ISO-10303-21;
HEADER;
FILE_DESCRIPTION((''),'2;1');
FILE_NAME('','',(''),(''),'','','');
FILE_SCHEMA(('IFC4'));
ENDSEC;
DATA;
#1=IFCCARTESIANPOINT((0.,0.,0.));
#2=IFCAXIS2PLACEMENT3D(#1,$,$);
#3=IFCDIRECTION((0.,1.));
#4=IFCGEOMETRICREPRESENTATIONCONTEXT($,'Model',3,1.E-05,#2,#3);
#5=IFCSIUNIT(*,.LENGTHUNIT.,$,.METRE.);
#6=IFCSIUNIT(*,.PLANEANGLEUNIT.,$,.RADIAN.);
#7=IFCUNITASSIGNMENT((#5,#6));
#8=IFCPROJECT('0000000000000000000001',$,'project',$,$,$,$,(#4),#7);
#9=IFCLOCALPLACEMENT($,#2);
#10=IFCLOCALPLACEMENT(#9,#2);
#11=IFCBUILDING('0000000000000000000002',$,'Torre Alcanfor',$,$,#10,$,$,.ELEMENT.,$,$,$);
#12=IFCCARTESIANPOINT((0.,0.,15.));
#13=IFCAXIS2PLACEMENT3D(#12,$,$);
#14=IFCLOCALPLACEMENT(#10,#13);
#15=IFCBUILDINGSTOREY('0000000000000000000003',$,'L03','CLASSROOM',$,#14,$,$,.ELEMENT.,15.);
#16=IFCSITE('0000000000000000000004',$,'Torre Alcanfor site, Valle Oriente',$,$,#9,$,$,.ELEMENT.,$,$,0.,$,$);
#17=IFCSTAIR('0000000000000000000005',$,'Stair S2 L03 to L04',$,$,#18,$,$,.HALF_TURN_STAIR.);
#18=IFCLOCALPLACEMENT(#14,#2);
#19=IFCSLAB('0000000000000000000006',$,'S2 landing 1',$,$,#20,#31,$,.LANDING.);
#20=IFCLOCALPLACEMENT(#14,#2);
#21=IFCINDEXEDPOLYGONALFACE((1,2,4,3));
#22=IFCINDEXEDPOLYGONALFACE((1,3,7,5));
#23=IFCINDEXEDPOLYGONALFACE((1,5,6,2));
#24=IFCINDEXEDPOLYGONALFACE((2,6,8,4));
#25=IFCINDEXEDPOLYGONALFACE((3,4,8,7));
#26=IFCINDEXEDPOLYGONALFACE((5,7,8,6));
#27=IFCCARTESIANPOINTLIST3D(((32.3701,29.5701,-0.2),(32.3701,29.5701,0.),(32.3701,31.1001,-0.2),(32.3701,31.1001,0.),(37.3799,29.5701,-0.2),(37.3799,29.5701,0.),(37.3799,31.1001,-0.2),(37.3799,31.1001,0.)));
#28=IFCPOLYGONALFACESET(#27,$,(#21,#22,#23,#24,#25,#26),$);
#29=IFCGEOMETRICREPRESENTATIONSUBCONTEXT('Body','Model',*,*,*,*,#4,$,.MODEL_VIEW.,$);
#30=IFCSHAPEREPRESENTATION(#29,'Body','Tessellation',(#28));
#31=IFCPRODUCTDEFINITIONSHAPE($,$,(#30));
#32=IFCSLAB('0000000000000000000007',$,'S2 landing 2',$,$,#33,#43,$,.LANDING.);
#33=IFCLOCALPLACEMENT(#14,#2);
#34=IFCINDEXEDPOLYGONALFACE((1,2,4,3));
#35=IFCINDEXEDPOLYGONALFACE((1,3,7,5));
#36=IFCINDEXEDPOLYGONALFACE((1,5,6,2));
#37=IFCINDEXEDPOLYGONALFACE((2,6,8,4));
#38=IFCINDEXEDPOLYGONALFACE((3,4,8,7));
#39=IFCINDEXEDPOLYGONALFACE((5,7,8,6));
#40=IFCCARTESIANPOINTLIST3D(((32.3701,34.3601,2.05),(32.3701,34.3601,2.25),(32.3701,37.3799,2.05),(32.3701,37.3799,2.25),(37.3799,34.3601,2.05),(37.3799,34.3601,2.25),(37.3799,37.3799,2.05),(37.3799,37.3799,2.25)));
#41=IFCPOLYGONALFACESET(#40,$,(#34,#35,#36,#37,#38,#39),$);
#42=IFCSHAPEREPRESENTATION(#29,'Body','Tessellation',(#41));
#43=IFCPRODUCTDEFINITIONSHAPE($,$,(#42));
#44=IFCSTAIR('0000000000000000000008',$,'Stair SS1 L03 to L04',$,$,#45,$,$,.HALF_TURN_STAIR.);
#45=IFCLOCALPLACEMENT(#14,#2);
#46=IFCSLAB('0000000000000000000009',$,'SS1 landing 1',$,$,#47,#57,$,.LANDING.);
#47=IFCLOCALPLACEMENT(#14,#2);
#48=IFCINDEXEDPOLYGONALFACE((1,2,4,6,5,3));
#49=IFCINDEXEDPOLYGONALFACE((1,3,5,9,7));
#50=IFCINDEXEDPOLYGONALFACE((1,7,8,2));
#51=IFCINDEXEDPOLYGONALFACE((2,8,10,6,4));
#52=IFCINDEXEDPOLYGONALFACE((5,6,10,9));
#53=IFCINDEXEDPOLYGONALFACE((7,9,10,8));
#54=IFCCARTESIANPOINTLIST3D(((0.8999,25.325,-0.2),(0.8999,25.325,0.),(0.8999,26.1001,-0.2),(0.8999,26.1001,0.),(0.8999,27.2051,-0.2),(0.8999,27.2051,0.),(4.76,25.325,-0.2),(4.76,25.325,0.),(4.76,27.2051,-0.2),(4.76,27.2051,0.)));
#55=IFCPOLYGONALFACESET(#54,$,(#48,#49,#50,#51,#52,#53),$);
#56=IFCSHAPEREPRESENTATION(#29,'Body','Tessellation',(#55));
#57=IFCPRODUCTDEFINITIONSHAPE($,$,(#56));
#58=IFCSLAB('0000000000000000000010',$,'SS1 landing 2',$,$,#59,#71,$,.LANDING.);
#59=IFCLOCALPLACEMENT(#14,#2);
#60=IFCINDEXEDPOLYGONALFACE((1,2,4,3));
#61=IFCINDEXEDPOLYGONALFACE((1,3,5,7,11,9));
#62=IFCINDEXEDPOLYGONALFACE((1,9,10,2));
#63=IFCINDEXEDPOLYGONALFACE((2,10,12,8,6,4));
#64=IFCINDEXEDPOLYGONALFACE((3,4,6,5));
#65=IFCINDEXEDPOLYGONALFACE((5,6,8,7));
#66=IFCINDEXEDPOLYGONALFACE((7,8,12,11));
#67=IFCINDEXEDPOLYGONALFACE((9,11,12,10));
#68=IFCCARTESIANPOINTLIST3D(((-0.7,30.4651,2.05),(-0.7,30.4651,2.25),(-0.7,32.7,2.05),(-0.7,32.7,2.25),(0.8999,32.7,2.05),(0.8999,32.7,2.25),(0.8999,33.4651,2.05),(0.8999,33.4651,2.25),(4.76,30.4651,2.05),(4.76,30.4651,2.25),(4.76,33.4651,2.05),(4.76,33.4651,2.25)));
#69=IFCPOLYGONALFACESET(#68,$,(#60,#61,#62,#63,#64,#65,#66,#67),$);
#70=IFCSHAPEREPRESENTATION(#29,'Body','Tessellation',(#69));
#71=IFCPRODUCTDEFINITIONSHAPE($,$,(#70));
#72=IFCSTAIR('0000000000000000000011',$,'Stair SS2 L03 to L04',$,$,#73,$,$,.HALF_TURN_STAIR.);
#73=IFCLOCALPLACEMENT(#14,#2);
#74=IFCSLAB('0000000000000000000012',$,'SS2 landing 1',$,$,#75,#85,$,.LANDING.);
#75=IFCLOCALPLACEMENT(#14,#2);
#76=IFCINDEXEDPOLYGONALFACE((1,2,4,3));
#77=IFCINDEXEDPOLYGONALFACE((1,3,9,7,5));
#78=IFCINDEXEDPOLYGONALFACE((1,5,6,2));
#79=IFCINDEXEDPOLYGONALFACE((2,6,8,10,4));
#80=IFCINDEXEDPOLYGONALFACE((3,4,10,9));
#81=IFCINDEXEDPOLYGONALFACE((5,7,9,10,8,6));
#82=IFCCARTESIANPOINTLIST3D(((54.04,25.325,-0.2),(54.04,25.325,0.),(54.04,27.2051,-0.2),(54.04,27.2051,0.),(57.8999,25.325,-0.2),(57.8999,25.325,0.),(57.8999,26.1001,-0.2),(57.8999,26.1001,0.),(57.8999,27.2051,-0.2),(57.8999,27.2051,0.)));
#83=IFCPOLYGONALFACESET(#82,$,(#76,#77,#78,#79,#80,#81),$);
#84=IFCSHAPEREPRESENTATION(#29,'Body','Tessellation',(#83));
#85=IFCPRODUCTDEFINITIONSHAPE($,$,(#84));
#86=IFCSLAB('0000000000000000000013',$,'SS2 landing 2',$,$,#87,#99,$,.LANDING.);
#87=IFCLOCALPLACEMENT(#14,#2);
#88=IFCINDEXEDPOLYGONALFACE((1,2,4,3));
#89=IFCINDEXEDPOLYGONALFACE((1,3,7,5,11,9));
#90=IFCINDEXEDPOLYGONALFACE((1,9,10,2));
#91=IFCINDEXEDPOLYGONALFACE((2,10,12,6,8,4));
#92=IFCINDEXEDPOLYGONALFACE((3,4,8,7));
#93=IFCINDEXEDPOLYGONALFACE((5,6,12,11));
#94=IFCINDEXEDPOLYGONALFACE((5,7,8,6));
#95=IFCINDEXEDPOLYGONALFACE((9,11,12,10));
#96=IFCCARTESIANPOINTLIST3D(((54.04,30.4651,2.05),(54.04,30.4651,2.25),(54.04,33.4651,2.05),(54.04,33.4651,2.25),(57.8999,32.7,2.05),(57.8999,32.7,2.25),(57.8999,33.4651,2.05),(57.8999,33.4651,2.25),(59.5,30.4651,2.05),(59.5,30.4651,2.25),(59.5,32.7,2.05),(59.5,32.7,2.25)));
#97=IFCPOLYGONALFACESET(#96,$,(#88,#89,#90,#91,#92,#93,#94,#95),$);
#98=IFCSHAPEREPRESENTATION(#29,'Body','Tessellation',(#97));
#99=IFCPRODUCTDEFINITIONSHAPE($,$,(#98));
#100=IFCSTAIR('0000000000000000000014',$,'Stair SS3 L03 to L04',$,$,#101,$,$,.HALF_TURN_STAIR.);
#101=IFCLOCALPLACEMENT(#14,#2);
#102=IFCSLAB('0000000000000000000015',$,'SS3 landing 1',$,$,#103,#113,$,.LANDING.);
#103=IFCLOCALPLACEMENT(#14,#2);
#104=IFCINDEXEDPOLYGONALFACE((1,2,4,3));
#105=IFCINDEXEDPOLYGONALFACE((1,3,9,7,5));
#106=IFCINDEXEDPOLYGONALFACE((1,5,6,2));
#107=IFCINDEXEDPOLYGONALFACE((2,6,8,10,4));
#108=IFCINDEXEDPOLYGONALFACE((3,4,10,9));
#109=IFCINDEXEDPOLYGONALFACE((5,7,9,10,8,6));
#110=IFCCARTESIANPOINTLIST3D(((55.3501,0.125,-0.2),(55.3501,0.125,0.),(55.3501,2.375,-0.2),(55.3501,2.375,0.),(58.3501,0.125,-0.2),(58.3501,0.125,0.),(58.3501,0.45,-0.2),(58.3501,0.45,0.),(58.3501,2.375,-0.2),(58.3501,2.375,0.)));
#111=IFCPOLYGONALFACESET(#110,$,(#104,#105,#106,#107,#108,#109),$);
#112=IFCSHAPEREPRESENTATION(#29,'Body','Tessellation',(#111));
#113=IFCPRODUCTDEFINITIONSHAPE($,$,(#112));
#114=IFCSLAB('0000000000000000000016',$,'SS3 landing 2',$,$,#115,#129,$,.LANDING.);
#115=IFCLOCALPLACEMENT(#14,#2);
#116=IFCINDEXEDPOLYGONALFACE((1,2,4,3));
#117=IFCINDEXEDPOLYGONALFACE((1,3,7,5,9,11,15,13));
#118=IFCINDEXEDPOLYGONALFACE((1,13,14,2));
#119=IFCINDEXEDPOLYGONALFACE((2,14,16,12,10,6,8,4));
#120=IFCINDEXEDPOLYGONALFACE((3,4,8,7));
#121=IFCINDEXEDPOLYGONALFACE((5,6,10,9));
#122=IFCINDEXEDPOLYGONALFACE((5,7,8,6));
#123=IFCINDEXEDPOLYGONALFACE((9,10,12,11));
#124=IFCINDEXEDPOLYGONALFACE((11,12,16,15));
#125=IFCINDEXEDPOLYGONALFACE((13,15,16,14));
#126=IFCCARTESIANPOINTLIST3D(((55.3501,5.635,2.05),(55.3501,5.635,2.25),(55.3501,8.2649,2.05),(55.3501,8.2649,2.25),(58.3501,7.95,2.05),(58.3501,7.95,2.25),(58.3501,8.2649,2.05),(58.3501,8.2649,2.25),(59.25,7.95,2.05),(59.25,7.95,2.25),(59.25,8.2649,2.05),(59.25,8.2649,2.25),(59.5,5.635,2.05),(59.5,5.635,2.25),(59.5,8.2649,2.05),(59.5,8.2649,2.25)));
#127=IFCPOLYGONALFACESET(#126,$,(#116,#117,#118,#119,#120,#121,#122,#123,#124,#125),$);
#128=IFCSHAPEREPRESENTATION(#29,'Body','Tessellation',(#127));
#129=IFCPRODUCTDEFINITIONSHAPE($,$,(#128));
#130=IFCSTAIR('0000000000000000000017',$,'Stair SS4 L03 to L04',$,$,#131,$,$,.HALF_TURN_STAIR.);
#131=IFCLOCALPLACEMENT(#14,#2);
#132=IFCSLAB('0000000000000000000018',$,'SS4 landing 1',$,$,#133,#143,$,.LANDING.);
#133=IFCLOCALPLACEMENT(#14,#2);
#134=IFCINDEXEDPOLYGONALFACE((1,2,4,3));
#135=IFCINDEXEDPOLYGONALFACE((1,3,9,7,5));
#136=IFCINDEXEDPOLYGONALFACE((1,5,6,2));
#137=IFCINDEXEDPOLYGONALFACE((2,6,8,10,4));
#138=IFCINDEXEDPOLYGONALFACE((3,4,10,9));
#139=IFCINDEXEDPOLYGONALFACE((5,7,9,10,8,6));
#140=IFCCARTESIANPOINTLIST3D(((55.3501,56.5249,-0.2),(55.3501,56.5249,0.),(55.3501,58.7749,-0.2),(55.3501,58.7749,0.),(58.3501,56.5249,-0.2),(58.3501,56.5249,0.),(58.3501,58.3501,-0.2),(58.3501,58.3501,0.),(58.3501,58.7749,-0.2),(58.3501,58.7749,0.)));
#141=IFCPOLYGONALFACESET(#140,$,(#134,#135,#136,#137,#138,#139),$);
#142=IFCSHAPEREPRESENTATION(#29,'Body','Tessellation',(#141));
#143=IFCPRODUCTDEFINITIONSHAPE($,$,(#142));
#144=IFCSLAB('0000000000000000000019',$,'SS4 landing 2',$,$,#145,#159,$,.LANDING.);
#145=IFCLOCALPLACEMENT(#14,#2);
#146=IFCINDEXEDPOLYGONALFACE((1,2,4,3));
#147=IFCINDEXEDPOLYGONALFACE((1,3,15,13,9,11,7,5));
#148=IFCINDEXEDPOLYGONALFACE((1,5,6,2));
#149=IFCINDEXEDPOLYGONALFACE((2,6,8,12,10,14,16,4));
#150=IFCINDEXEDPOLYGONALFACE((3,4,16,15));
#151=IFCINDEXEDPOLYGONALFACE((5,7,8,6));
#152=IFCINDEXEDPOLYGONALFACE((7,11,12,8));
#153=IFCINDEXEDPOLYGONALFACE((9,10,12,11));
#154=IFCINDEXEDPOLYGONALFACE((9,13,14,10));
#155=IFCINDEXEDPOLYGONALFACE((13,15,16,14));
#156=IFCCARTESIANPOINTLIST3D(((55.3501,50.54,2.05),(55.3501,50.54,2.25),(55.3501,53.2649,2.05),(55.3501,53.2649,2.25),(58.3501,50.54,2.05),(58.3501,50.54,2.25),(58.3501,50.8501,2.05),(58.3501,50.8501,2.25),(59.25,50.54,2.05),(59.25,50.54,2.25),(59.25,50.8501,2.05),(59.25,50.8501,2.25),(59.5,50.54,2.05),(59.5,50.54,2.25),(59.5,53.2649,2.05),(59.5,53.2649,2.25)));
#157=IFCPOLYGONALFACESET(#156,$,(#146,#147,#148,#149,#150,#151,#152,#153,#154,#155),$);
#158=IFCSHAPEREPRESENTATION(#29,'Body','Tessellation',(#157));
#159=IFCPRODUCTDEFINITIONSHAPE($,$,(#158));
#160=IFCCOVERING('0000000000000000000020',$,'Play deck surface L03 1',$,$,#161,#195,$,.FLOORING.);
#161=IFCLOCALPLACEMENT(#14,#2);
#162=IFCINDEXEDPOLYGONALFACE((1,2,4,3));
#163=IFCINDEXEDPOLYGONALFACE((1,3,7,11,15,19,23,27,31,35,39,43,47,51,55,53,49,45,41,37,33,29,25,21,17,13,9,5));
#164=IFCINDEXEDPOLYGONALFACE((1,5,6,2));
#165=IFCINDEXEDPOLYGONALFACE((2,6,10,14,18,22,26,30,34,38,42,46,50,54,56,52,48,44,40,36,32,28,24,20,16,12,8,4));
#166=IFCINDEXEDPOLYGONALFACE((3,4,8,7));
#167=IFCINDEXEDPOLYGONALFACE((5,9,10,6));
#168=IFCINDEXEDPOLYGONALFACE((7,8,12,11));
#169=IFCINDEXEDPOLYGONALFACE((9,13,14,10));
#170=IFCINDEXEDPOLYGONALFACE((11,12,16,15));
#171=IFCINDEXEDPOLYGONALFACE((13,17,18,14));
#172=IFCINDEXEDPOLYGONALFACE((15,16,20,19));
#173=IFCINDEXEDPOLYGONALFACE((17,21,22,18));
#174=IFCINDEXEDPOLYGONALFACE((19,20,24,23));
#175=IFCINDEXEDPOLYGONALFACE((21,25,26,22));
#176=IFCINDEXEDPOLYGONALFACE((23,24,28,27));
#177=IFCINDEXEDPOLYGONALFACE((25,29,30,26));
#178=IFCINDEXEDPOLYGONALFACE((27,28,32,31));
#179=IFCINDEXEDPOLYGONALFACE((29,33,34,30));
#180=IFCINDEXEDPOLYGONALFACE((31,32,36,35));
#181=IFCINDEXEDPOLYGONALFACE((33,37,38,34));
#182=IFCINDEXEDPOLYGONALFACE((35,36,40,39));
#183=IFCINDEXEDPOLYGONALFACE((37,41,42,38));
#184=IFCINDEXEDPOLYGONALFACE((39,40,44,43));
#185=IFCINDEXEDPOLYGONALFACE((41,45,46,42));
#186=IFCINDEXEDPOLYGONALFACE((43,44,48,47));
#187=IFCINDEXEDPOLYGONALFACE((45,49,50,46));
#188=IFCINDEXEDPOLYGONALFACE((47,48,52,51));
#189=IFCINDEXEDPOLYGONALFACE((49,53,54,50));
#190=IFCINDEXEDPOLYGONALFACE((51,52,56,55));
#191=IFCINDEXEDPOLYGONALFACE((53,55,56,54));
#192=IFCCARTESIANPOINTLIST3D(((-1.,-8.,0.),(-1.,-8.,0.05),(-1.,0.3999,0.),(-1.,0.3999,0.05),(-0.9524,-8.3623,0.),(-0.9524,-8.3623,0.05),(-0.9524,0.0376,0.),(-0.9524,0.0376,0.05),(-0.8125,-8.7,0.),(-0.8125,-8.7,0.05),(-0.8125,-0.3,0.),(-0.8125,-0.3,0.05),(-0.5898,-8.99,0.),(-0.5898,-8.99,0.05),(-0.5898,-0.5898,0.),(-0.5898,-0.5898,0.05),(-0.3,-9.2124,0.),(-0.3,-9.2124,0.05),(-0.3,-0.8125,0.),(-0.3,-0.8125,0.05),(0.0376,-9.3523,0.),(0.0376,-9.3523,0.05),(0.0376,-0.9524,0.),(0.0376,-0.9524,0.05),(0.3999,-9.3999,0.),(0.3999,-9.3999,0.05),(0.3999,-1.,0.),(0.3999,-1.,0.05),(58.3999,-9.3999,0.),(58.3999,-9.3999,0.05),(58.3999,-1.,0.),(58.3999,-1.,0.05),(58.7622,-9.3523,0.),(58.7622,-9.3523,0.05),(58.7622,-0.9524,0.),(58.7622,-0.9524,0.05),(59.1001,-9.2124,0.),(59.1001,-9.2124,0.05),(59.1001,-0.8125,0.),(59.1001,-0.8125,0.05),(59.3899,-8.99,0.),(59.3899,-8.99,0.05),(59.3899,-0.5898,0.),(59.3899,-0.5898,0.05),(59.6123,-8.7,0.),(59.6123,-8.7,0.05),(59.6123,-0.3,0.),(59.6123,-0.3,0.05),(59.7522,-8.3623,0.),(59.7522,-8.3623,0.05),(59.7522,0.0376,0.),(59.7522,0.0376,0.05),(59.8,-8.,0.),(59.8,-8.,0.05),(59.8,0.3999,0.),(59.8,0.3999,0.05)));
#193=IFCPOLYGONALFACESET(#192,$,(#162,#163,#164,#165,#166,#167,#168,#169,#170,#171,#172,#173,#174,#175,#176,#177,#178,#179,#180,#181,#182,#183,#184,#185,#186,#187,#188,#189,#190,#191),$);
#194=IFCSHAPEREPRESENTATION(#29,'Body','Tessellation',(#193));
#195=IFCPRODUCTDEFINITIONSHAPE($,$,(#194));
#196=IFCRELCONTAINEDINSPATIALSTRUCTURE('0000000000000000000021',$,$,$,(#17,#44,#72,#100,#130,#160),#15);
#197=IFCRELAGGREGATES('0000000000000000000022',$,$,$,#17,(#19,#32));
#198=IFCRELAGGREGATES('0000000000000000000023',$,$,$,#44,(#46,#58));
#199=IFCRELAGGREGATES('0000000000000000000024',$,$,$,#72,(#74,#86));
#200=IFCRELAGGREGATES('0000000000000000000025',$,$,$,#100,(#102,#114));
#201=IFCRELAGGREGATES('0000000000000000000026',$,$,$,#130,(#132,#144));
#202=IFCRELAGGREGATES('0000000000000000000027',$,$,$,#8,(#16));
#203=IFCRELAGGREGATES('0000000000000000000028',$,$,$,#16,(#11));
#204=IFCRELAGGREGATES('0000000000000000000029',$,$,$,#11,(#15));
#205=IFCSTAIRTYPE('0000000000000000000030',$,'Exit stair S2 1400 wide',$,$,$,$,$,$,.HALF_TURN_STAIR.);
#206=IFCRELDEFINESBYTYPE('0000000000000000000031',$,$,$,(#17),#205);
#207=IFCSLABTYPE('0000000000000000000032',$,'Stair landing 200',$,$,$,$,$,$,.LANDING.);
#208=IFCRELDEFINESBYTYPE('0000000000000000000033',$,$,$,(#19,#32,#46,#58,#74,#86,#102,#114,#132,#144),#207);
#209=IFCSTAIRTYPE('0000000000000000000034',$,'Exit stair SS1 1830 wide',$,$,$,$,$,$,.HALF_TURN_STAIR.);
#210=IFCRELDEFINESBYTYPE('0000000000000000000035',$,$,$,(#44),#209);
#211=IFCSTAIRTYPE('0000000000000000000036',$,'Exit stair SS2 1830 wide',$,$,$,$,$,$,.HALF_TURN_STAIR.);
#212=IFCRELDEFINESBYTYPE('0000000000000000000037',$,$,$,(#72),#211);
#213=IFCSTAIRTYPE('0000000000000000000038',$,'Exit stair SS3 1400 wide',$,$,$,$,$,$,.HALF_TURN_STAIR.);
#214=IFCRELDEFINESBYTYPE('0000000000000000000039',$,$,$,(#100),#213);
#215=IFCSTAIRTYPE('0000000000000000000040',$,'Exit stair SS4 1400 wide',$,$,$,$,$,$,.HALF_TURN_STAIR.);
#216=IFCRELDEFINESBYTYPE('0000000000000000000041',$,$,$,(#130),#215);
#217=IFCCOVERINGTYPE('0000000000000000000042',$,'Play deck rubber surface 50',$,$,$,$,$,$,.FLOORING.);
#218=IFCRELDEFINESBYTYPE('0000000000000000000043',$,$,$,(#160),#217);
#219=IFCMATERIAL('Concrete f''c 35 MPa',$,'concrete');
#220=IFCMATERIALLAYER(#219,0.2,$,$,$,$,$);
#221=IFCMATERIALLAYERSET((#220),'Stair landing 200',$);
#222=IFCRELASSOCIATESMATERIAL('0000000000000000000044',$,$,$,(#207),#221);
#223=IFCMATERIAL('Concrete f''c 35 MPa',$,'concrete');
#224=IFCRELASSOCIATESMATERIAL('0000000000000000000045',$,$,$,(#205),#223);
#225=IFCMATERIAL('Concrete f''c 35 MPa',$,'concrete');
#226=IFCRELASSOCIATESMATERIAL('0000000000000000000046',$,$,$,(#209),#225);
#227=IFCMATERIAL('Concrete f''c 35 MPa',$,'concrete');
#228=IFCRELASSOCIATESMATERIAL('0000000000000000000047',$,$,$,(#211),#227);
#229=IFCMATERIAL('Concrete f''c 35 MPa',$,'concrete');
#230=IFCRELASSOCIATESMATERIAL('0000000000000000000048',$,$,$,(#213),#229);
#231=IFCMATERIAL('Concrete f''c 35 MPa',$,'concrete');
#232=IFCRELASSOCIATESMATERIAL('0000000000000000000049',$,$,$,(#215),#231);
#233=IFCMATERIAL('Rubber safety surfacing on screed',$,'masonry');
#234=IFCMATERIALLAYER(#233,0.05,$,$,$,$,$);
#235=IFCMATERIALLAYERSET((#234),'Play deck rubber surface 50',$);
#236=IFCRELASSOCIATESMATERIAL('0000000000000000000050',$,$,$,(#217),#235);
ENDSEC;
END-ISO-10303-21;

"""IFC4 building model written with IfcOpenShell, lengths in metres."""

from ifc_helpers import new_model, si_unit, direction, frame, origin, place, context, subcontext, project, spatial, polyline, outline, extrude, material, layer, layer_set, type_object, element, aggregate, save


model = new_model("IFC4")

# Units and contexts
model_context = context("Model", 3, precision=1e-05, world=origin(), true_north=direction((0.0, 1.0)))
body_context = subcontext(model_context, "Body", "Model", "MODEL_VIEW")
ifc_project = project(units=[si_unit("LENGTHUNIT", "METRE"), si_unit("PLANEANGLEUNIT", "RADIAN")], contexts=[model_context])

# Site, building, storey
site_placement = place(None, origin())
site = spatial("IfcSite", under=ifc_project, at=site_placement, Name="Torre Alcanfor site, Valle Oriente", CompositionType="ELEMENT", RefElevation=0.0)
building_placement = place(site_placement, origin())
building = spatial("IfcBuilding", under=site, at=building_placement, Name="Torre Alcanfor", CompositionType="ELEMENT")
storey_placement = place(building_placement, frame((0.0, 0.0, 15.0)))
storey = spatial("IfcBuildingStorey", under=building, at=storey_placement, Name="L03", Description="CLASSROOM", CompositionType="ELEMENT", Elevation=15.0)

# Stairs, slabs
ifc_material_1 = material(Name="Concrete f'c 35 MPa", Category="concrete")
ifc_layer_1 = layer(ifc_material_1, 0.2)
ifc_layer_set_1 = layer_set([ifc_layer_1], Name="Stair landing 200")
slab_type_1 = type_object("IfcSlabType", Name="Stair landing 200", PredefinedType="LANDING", material=ifc_layer_set_1)
ifc_material_2 = material(Name="Concrete f'c 35 MPa", Category="concrete")
stair_type_1 = type_object("IfcStairType", Name="Exit stair S2 1400 wide", PredefinedType="HALF_TURN_STAIR", material=ifc_material_2)
stair_1_placement = place(storey_placement, origin())
stair_1 = element("IfcStair", 1, at=stair_1_placement, inside=storey, type_object=stair_type_1, Name="Stair S2 L03 to L04", PredefinedType="HALF_TURN_STAIR")
slab_1_placement = place(storey_placement, frame((0.0, 0.0, -0.2)))
slab_1 = element("IfcSlab", 2, at=slab_1_placement, type_object=slab_type_1, Name="S2 landing 1", PredefinedType="LANDING", context=body_context, shape_type="SweptSolid", body=[
    extrude(outline(polyline([(32.3701, 29.5701), (37.3799, 29.5701), (37.3799, 31.1001), (32.3701, 31.1001), (32.3701, 29.5701)])), origin(), (0.0, 0.0, 1.0), 0.2),
])
slab_2_placement = place(storey_placement, frame((0.0, 0.0, 2.05)))
slab_2 = element("IfcSlab", 3, at=slab_2_placement, type_object=slab_type_1, Name="S2 landing 2", PredefinedType="LANDING", context=body_context, shape_type="SweptSolid", body=[
    extrude(outline(polyline([(32.3701, 34.3601), (37.3799, 34.3601), (37.3799, 37.3799), (32.3701, 37.3799), (32.3701, 34.3601)])), origin(), (0.0, 0.0, 1.0), 0.2),
])
aggregate(stair_1, [slab_1, slab_2])
ifc_material_3 = material(Name="Concrete f'c 35 MPa", Category="concrete")
stair_type_2 = type_object("IfcStairType", Name="Exit stair SS1 1830 wide", PredefinedType="HALF_TURN_STAIR", material=ifc_material_3)
stair_2_placement = place(storey_placement, origin())
stair_2 = element("IfcStair", 4, at=stair_2_placement, inside=storey, type_object=stair_type_2, Name="Stair SS1 L03 to L04", PredefinedType="HALF_TURN_STAIR")
slab_3_placement = place(storey_placement, frame((0.0, 0.0, -0.2)))
slab_3 = element("IfcSlab", 5, at=slab_3_placement, type_object=slab_type_1, Name="SS1 landing 1", PredefinedType="LANDING", context=body_context, shape_type="SweptSolid", body=[
    extrude(outline(polyline([(4.76, 27.2051), (4.76, 25.325), (0.8999, 25.325), (0.8999, 26.1001), (0.8999, 27.2051), (4.76, 27.2051)])), origin(), (0.0, 0.0, 1.0), 0.2),
])
slab_4_placement = place(storey_placement, frame((0.0, 0.0, 2.05)))
slab_4 = element("IfcSlab", 6, at=slab_4_placement, type_object=slab_type_1, Name="SS1 landing 2", PredefinedType="LANDING", context=body_context, shape_type="SweptSolid", body=[
    extrude(outline(polyline([(4.76, 33.4651), (4.76, 30.4651), (-0.7, 30.4651), (-0.7, 32.7), (0.8999, 32.7), (0.8999, 33.4651), (4.76, 33.4651)])), origin(), (0.0, 0.0, 1.0), 0.2),
])
aggregate(stair_2, [slab_3, slab_4])
ifc_material_4 = material(Name="Concrete f'c 35 MPa", Category="concrete")
stair_type_3 = type_object("IfcStairType", Name="Exit stair SS2 1830 wide", PredefinedType="HALF_TURN_STAIR", material=ifc_material_4)
stair_3_placement = place(storey_placement, origin())
stair_3 = element("IfcStair", 7, at=stair_3_placement, inside=storey, type_object=stair_type_3, Name="Stair SS2 L03 to L04", PredefinedType="HALF_TURN_STAIR")
slab_5_placement = place(storey_placement, frame((0.0, 0.0, -0.2)))
slab_5 = element("IfcSlab", 8, at=slab_5_placement, type_object=slab_type_1, Name="SS2 landing 1", PredefinedType="LANDING", context=body_context, shape_type="SweptSolid", body=[
    extrude(outline(polyline([(54.04, 25.325), (54.04, 27.2051), (57.8999, 27.2051), (57.8999, 26.1001), (57.8999, 25.325), (54.04, 25.325)])), origin(), (0.0, 0.0, 1.0), 0.2),
])
slab_6_placement = place(storey_placement, frame((0.0, 0.0, 2.05)))
slab_6 = element("IfcSlab", 9, at=slab_6_placement, type_object=slab_type_1, Name="SS2 landing 2", PredefinedType="LANDING", context=body_context, shape_type="SweptSolid", body=[
    extrude(outline(polyline([(59.5, 30.4651), (54.04, 30.4651), (54.04, 33.4651), (57.8999, 33.4651), (57.8999, 32.7), (59.5, 32.7), (59.5, 30.4651)])), origin(), (0.0, 0.0, 1.0), 0.2),
])
aggregate(stair_3, [slab_5, slab_6])
ifc_material_5 = material(Name="Concrete f'c 35 MPa", Category="concrete")
stair_type_4 = type_object("IfcStairType", Name="Exit stair SS3 1400 wide", PredefinedType="HALF_TURN_STAIR", material=ifc_material_5)
stair_4_placement = place(storey_placement, origin())
stair_4 = element("IfcStair", 10, at=stair_4_placement, inside=storey, type_object=stair_type_4, Name="Stair SS3 L03 to L04", PredefinedType="HALF_TURN_STAIR")
slab_7_placement = place(storey_placement, frame((0.0, 0.0, -0.2)))
slab_7 = element("IfcSlab", 11, at=slab_7_placement, type_object=slab_type_1, Name="SS3 landing 1", PredefinedType="LANDING", context=body_context, shape_type="SweptSolid", body=[
    extrude(outline(polyline([(55.3501, 2.375), (58.3501, 2.375), (58.3501, 0.45), (58.3501, 0.45), (58.3501, 0.125), (55.3501, 0.125), (55.3501, 2.375)])), origin(), (0.0, 0.0, 1.0), 0.2),
])
slab_8_placement = place(storey_placement, frame((0.0, 0.0, 2.05)))
slab_8 = element("IfcSlab", 12, at=slab_8_placement, type_object=slab_type_1, Name="SS3 landing 2", PredefinedType="LANDING", context=body_context, shape_type="SweptSolid", body=[
    extrude(outline(polyline([(59.5, 8.2649), (59.5, 5.635), (55.3501, 5.635), (55.3501, 8.2649), (58.3501, 8.2649), (58.3501, 7.95), (59.25, 7.95), (59.25, 8.2649), (59.5, 8.2649)])), origin(), (0.0, 0.0, 1.0), 0.2),
])
aggregate(stair_4, [slab_7, slab_8])
ifc_material_6 = material(Name="Concrete f'c 35 MPa", Category="concrete")
stair_type_5 = type_object("IfcStairType", Name="Exit stair SS4 1400 wide", PredefinedType="HALF_TURN_STAIR", material=ifc_material_6)
stair_5_placement = place(storey_placement, origin())
stair_5 = element("IfcStair", 13, at=stair_5_placement, inside=storey, type_object=stair_type_5, Name="Stair SS4 L03 to L04", PredefinedType="HALF_TURN_STAIR")
slab_9_placement = place(storey_placement, frame((0.0, 0.0, -0.2)))
slab_9 = element("IfcSlab", 14, at=slab_9_placement, type_object=slab_type_1, Name="SS4 landing 1", PredefinedType="LANDING", context=body_context, shape_type="SweptSolid", body=[
    extrude(outline(polyline([(55.3501, 58.7749), (58.3501, 58.7749), (58.3501, 58.3501), (58.3501, 58.3501), (58.3501, 56.5249), (55.3501, 56.5249), (55.3501, 58.7749)])), origin(), (0.0, 0.0, 1.0), 0.2),
])
slab_10_placement = place(storey_placement, frame((0.0, 0.0, 2.05)))
slab_10 = element("IfcSlab", 15, at=slab_10_placement, type_object=slab_type_1, Name="SS4 landing 2", PredefinedType="LANDING", context=body_context, shape_type="SweptSolid", body=[
    extrude(outline(polyline([(55.3501, 50.54), (55.3501, 53.2649), (59.5, 53.2649), (59.5, 50.54), (59.25, 50.54), (59.25, 50.8501), (58.3501, 50.8501), (58.3501, 50.54), (55.3501, 50.54)])), origin(), (0.0, 0.0, 1.0), 0.2),
])
aggregate(stair_5, [slab_9, slab_10])

# Covering
ifc_material_7 = material(Name="Rubber safety surfacing on screed", Category="masonry")
ifc_layer_2 = layer(ifc_material_7, 0.05)
ifc_layer_set_2 = layer_set([ifc_layer_2], Name="Play deck rubber surface 50")
covering_type = type_object("IfcCoveringType", Name="Play deck rubber surface 50", PredefinedType="FLOORING", material=ifc_layer_set_2)
covering_placement = place(storey_placement, origin())
element("IfcCovering", 16, at=covering_placement, inside=storey, type_object=covering_type, Name="Play deck surface L03 1", PredefinedType="FLOORING", context=body_context, shape_type="SweptSolid", body=[
    extrude(outline(polyline([(59.8, 0.3999), (59.7522, 0.0376), (59.6123, -0.3), (59.3899, -0.5898), (59.1001, -0.8125), (58.7622, -0.9524), (58.3999, -1.0), (0.3999, -1.0), (0.0376, -0.9524), (-0.3, -0.8125), (-0.5898, -0.5898), (-0.8125, -0.3), (-0.9524, 0.0376), (-1.0, 0.3999), (-1.0, -8.0), (-0.9524, -8.3623), (-0.8125, -8.7), (-0.5898, -8.99), (-0.3, -9.2124), (0.0376, -9.3523), (0.3999, -9.3999), (58.3999, -9.3999), (58.7622, -9.3523), (59.1001, -9.2124), (59.3899, -8.99), (59.6123, -8.7), (59.7522, -8.3623), (59.8, -8.0), (59.8, 0.3999)])), origin(), (0.0, 0.0, 1.0), 0.05),
])

save(model, "model.ifc")
